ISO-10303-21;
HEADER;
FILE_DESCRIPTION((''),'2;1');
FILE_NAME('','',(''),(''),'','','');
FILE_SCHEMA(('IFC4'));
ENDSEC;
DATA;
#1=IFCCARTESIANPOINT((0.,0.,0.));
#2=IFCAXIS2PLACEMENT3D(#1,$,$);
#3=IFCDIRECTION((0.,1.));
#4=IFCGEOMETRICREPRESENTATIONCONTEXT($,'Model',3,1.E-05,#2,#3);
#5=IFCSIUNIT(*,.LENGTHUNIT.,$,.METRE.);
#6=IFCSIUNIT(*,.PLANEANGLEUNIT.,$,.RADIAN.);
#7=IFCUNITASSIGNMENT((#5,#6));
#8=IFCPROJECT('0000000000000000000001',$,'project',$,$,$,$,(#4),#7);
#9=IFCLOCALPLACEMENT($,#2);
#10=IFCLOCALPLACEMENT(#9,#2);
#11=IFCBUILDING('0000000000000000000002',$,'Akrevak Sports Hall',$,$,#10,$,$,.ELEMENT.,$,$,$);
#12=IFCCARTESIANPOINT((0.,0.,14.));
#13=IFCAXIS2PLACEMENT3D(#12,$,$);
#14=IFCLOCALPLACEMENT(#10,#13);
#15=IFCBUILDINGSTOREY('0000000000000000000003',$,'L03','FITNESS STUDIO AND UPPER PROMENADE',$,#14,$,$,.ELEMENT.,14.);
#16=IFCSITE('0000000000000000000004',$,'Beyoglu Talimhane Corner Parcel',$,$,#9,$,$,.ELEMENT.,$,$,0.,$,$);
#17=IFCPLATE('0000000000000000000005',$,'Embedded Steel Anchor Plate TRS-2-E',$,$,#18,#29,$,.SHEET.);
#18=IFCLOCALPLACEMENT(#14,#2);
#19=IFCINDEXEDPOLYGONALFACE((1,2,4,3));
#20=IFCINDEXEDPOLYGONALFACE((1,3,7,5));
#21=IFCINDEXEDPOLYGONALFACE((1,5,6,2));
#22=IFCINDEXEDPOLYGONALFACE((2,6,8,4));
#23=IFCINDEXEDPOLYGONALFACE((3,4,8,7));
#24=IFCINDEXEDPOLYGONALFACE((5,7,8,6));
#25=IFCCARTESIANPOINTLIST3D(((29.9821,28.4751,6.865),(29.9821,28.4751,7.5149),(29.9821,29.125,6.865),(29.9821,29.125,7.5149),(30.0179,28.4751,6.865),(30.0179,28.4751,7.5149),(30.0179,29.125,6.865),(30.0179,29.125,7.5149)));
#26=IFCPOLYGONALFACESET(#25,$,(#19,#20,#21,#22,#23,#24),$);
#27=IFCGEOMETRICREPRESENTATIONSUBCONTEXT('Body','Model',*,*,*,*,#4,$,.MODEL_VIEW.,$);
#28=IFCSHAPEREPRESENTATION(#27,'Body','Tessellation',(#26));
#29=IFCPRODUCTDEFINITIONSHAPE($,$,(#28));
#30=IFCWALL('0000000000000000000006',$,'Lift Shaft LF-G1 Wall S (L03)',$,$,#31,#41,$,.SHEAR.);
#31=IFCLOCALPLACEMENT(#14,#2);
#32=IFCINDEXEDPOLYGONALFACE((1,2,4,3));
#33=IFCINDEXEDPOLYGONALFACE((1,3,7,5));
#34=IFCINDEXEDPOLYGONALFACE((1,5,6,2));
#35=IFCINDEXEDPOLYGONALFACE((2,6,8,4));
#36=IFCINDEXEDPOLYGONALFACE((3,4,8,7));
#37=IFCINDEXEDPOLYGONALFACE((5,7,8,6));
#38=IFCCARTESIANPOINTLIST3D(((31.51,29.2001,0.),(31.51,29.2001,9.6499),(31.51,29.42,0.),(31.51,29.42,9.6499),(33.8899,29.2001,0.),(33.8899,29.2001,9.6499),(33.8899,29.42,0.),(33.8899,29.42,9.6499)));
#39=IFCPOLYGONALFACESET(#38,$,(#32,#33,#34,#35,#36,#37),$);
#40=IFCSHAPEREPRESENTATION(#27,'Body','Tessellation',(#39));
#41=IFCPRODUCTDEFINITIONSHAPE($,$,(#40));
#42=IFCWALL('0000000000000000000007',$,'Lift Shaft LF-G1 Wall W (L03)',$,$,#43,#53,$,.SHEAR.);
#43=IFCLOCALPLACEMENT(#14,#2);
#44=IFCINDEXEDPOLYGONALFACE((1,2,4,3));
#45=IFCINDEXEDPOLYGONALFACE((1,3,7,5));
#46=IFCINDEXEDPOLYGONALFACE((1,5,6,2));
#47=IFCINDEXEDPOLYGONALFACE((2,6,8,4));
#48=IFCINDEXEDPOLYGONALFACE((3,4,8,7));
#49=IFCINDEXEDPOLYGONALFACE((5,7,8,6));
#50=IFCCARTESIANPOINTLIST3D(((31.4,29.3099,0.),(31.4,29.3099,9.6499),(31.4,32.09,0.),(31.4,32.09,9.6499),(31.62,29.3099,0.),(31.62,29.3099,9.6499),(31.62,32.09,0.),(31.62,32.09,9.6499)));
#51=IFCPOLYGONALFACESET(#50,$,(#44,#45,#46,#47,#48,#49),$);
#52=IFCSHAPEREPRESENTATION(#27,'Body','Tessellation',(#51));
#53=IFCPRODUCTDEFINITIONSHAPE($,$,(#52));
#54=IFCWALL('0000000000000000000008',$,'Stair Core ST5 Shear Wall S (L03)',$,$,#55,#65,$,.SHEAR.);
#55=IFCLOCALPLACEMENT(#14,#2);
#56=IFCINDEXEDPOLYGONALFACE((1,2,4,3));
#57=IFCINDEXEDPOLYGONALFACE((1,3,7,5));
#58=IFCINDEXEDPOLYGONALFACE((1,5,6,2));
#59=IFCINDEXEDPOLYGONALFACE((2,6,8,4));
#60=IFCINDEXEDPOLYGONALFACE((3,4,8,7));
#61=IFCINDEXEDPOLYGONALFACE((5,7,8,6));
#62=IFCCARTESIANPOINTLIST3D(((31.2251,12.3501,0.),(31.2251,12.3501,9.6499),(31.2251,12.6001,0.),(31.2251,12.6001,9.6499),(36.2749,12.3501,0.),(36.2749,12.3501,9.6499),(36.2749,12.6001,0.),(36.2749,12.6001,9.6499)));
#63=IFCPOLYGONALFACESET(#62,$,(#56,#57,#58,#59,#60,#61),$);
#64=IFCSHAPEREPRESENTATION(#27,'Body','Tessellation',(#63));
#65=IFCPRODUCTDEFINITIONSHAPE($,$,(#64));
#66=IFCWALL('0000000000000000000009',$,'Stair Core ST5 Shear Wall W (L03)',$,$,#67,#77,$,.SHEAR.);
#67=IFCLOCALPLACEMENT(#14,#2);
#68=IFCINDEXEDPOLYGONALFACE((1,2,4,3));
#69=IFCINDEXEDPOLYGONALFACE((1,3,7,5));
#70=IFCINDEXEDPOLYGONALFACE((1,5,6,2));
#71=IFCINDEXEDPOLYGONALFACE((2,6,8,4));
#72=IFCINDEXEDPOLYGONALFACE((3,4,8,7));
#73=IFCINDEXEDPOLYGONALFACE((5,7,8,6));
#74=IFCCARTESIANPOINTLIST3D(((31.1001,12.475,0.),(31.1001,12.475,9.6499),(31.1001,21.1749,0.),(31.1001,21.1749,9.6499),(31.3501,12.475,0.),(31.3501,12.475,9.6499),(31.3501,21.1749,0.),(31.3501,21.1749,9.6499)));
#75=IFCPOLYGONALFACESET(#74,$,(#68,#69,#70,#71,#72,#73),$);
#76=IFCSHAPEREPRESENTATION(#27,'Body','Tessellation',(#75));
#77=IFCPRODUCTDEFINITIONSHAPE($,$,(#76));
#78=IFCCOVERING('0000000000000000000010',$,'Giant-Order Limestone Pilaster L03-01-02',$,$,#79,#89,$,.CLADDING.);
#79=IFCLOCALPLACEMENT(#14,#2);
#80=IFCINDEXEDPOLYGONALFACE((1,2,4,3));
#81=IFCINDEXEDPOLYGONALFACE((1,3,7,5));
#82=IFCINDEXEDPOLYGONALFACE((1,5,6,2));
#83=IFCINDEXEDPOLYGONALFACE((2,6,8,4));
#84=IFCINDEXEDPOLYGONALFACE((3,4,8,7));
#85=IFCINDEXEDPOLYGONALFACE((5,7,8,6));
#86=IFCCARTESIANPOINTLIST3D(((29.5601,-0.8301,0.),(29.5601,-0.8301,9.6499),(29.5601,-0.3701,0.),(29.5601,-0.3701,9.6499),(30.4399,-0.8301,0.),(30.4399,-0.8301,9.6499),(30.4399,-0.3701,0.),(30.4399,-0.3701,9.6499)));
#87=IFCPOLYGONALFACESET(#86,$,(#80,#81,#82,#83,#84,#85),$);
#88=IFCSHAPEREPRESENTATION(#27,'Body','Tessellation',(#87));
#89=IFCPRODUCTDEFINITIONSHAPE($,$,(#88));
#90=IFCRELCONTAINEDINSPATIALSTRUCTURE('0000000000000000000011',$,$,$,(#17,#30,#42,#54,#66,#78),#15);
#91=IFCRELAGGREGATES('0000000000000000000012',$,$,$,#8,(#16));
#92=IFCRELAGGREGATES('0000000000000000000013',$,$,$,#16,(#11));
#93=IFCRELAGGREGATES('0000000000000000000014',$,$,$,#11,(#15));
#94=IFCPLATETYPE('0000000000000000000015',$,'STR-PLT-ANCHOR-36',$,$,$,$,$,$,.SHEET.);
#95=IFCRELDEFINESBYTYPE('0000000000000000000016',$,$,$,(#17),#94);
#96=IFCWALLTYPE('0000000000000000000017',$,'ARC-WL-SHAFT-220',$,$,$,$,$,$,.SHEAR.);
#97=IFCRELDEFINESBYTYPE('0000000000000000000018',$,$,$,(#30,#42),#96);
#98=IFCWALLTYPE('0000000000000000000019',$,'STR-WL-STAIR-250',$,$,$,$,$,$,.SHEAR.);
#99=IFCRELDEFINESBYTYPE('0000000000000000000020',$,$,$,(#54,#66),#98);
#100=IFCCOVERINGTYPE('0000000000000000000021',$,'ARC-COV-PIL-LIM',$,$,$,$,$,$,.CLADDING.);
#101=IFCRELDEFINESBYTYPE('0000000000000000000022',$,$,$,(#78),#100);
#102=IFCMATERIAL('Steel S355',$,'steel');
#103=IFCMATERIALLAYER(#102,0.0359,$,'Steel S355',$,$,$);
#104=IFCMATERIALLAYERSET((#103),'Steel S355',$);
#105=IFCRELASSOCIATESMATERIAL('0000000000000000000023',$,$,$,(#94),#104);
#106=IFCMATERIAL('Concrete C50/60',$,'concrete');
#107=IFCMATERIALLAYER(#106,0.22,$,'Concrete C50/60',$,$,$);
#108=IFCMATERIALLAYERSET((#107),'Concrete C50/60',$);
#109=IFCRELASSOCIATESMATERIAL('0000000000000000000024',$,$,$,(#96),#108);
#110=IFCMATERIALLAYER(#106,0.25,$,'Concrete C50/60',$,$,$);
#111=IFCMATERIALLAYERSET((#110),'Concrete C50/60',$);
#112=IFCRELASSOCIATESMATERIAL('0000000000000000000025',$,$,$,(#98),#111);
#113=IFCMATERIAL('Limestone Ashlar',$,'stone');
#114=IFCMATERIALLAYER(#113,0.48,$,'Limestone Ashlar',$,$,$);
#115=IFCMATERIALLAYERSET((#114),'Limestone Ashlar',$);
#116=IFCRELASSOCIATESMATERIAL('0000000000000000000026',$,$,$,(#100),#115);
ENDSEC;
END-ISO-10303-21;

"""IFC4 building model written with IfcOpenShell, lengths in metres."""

from ifc_helpers import new_model, si_unit, direction, frame, frame_2d, origin, origin_2d, place, context, subcontext, project, spatial, rectangle, extrude, material, layer, layer_set, type_object, element, save


model = new_model("IFC4")

# Units and contexts
model_context = context("Model", 3, precision=1e-05, world=origin(), true_north=direction((0.0, 1.0)))
body_context = subcontext(model_context, "Body", "Model", "MODEL_VIEW")
ifc_project = project(units=[si_unit("LENGTHUNIT", "METRE"), si_unit("PLANEANGLEUNIT", "RADIAN")], contexts=[model_context])

# Site, building, storey
site_placement = place(None, origin())
site = spatial("IfcSite", under=ifc_project, at=site_placement, Name="Beyoglu Talimhane Corner Parcel", CompositionType="ELEMENT", RefElevation=0.0)
building_placement = place(site_placement, origin())
building = spatial("IfcBuilding", under=site, at=building_placement, Name="Akrevak Sports Hall", CompositionType="ELEMENT")
storey_placement = place(building_placement, frame((0.0, 0.0, 14.0)))
storey = spatial("IfcBuildingStorey", under=building, at=storey_placement, Name="L03", Description="FITNESS STUDIO AND UPPER PROMENADE", CompositionType="ELEMENT", Elevation=14.0)

# Shared definitions
ifc_material_1 = material(Name="Concrete C50/60", Category="concrete")
ifc_material_2 = material(Name="Steel S355", Category="steel")

# Plate
ifc_layer_1 = layer(ifc_material_2, 0.0359, Name="Steel S355")
ifc_layer_set_1 = layer_set([ifc_layer_1], Name="Steel S355")
plate_type_1 = type_object("IfcPlateType", Name="STR-PLT-ANCHOR-36", PredefinedType="SHEET", material=ifc_layer_set_1)
for number, where, z_axis, x_axis, name in (
    (1, (30.0, 28.8, 6.865), (0.0, 0.0, 1.0), (0.0, 1.0, 0.0), "Embedded Steel Anchor Plate TRS-2-E"),
):
    element("IfcPlate", number, at=place(storey_placement, frame(where, z_axis=z_axis, x_axis=x_axis)), inside=storey, type_object=plate_type_1, Name=name, PredefinedType="SHEET", context=body_context, shape_type="SweptSolid", body=[
        extrude(rectangle(XDim=0.6499, YDim=0.0359, at=origin_2d()), origin(), (0.0, 0.0, 1.0), 0.6499),
    ])

# Walls
ifc_layer_2 = layer(ifc_material_1, 0.22, Name="Concrete C50/60")
ifc_layer_set_2 = layer_set([ifc_layer_2], Name="Concrete C50/60")
wall_type_1 = type_object("IfcWallType", Name="ARC-WL-SHAFT-220", PredefinedType="SHEAR", material=ifc_layer_set_2)
wall_1_placement = place(storey_placement, frame((31.51, 29.3101, 0.0), z_axis=(0.0, 0.0, 1.0), x_axis=(1.0, 0.0, 0.0)))
element("IfcWall", 2, at=wall_1_placement, inside=storey, type_object=wall_type_1, Name="Lift Shaft LF-G1 Wall S (L03)", PredefinedType="SHEAR", context=body_context, shape_type="SweptSolid", body=[
    extrude(rectangle(XDim=2.3799, YDim=0.22, at=frame_2d((1.1899, 0.0))), origin(), (0.0, 0.0, 1.0), 9.6499),
])
wall_2_placement = place(storey_placement, frame((31.51, 32.0901, 0.0), z_axis=(0.0, 0.0, 1.0), x_axis=(0.0, -1.0, 0.0)))
element("IfcWall", 3, at=wall_2_placement, inside=storey, type_object=wall_type_1, Name="Lift Shaft LF-G1 Wall W (L03)", PredefinedType="SHEAR", context=body_context, shape_type="SweptSolid", body=[
    extrude(rectangle(XDim=2.78, YDim=0.22, at=frame_2d((1.3901, 0.0))), origin(), (0.0, 0.0, 1.0), 9.6499),
])
ifc_layer_3 = layer(ifc_material_1, 0.25, Name="Concrete C50/60")
ifc_layer_set_3 = layer_set([ifc_layer_3], Name="Concrete C50/60")
wall_type_2 = type_object("IfcWallType", Name="STR-WL-STAIR-250", PredefinedType="SHEAR", material=ifc_layer_set_3)
wall_3_placement = place(storey_placement, frame((31.2251, 12.4751, 0.0), z_axis=(0.0, 0.0, 1.0), x_axis=(1.0, 0.0, 0.0)))
element("IfcWall", 4, at=wall_3_placement, inside=storey, type_object=wall_type_2, Name="Stair Core ST5 Shear Wall S (L03)", PredefinedType="SHEAR", context=body_context, shape_type="SweptSolid", body=[
    extrude(rectangle(XDim=5.0498, YDim=0.25, at=frame_2d((2.5249, 0.0))), origin(), (0.0, 0.0, 1.0), 9.6499),
])
wall_4_placement = place(storey_placement, frame((31.2251, 21.175, 0.0), z_axis=(0.0, 0.0, 1.0), x_axis=(0.0, -1.0, 0.0)))
element("IfcWall", 5, at=wall_4_placement, inside=storey, type_object=wall_type_2, Name="Stair Core ST5 Shear Wall W (L03)", PredefinedType="SHEAR", context=body_context, shape_type="SweptSolid", body=[
    extrude(rectangle(XDim=8.7, YDim=0.25, at=frame_2d((4.3501, 0.0))), origin(), (0.0, 0.0, 1.0), 9.6499),
])

# Covering
ifc_material_3 = material(Name="Limestone Ashlar", Category="stone")
ifc_layer_4 = layer(ifc_material_3, 0.48, Name="Limestone Ashlar")
ifc_layer_set_4 = layer_set([ifc_layer_4], Name="Limestone Ashlar")
covering_type = type_object("IfcCoveringType", Name="ARC-COV-PIL-LIM", PredefinedType="CLADDING", material=ifc_layer_set_4)
covering_placement = place(storey_placement, frame((30.0, -0.6001, 0.0), z_axis=(0.0, 0.0, 1.0), x_axis=(1.0, 0.0, 0.0)))
element("IfcCovering", 6, at=covering_placement, inside=storey, type_object=covering_type, Name="Giant-Order Limestone Pilaster L03-01-02", PredefinedType="CLADDING", context=body_context, shape_type="SweptSolid", body=[
    extrude(rectangle(XDim=0.8799, YDim=0.46, at=origin_2d()), origin(), (0.0, 0.0, 1.0), 9.6499),
])

save(model, "model.ifc")
